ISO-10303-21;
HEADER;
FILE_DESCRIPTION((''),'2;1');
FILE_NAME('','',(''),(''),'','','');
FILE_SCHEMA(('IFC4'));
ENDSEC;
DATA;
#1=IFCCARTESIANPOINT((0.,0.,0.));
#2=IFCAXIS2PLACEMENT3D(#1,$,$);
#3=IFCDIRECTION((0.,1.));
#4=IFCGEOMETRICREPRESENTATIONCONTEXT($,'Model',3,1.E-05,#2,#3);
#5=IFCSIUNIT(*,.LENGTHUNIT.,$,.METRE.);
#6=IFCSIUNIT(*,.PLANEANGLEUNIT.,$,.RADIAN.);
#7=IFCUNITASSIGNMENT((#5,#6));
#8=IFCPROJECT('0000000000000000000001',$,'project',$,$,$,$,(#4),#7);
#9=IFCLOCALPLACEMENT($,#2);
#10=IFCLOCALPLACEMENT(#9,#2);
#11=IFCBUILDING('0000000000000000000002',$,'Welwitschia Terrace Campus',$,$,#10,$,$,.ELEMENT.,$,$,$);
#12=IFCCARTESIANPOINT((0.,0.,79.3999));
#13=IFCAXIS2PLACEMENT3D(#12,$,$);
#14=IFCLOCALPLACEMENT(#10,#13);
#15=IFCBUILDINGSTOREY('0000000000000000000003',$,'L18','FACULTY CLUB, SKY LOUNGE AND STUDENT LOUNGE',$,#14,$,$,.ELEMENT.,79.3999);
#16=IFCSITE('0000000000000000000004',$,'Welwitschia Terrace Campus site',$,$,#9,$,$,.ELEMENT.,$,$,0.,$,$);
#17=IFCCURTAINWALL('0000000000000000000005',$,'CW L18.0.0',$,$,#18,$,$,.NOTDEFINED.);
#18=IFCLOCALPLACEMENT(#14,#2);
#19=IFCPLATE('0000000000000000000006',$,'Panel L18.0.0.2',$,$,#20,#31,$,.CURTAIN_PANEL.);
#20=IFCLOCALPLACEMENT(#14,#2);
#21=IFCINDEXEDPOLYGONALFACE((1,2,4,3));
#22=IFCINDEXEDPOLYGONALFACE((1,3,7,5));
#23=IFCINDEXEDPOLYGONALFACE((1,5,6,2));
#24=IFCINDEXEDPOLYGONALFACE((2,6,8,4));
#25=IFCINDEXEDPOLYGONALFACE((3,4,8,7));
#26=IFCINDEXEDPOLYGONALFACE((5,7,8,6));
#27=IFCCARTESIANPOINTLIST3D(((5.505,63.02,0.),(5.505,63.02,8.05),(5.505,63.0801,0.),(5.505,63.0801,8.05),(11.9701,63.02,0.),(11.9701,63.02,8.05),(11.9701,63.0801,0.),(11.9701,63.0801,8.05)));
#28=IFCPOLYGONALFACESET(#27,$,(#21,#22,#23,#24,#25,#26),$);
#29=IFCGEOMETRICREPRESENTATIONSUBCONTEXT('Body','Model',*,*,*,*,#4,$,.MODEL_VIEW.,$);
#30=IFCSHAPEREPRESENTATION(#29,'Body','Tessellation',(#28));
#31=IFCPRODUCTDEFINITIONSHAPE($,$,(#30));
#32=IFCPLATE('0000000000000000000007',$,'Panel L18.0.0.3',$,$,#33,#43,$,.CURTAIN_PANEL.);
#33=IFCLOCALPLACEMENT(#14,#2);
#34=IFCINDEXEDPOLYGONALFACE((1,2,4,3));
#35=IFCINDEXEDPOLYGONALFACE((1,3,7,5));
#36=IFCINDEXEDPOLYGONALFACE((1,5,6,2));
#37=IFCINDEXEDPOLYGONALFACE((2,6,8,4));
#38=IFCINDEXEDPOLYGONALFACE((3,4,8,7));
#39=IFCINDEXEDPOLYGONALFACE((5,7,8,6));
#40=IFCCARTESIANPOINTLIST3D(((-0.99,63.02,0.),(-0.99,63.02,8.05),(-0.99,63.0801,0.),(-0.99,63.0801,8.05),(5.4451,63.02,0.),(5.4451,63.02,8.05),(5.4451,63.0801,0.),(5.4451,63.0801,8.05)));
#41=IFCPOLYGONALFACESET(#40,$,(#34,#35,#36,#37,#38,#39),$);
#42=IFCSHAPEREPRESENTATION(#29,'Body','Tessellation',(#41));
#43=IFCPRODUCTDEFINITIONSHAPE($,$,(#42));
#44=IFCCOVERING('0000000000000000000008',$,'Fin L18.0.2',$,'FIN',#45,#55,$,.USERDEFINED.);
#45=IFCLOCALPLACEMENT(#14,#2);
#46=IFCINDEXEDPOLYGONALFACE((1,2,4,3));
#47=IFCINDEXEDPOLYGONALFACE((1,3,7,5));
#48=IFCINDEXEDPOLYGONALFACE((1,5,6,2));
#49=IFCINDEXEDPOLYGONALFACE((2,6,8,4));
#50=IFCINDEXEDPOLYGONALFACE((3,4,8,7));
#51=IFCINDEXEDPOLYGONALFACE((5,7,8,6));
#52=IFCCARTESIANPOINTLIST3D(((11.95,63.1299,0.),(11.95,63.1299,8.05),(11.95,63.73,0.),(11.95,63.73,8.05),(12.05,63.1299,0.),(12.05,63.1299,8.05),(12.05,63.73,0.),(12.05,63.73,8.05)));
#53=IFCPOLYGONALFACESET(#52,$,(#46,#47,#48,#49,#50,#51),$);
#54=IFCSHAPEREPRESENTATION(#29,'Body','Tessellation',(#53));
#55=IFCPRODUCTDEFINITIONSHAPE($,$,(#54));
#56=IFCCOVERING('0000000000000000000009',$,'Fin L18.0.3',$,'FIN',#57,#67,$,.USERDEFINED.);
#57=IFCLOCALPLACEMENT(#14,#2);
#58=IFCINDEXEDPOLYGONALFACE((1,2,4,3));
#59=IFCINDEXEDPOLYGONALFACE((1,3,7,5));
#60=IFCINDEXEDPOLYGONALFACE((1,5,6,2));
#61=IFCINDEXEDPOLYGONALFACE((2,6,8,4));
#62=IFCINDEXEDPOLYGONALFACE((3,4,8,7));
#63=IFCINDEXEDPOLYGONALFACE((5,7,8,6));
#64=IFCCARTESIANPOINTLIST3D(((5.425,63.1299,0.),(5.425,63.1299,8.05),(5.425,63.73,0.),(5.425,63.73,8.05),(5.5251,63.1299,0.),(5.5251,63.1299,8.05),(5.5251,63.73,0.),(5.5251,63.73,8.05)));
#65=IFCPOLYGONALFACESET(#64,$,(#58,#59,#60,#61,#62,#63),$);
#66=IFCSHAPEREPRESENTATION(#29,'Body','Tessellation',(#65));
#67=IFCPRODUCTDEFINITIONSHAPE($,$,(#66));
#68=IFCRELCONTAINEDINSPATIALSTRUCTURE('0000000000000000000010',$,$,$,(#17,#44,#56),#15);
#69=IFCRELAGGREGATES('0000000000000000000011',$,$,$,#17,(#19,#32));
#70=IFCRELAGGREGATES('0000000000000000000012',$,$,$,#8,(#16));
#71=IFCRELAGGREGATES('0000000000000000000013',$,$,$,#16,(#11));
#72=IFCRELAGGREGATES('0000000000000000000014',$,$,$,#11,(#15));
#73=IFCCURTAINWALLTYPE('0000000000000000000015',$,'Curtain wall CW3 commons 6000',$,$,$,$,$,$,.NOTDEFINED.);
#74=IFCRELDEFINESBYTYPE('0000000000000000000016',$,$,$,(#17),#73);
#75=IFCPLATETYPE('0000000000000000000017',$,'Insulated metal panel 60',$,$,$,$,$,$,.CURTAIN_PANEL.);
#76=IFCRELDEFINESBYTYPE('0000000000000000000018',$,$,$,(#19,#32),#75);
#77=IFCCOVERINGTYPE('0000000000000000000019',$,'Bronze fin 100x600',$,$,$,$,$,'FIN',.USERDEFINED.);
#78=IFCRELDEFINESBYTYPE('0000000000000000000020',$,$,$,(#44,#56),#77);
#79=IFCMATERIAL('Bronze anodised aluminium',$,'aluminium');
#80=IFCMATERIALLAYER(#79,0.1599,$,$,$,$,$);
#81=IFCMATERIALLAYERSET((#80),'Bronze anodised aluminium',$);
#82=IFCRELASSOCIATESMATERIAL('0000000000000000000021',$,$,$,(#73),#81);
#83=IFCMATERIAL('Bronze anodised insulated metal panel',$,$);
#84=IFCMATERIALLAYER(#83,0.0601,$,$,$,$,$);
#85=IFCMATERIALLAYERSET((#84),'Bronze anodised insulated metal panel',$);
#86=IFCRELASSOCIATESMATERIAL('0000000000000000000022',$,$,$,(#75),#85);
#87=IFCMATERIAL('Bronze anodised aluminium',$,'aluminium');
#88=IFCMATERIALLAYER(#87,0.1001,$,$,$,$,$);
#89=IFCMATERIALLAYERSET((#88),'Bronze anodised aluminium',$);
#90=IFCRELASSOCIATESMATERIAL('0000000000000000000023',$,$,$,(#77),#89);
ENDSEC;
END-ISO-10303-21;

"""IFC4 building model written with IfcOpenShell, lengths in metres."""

from ifc_helpers import new_model, si_unit, direction, frame, origin, origin_2d, place, context, subcontext, project, spatial, rectangle, extrude, material, layer, layer_set, type_object, element, aggregate, save


model = new_model("IFC4")

# Units and contexts
model_context = context("Model", 3, precision=1e-05, world=origin(), true_north=direction((0.0, 1.0)))
body_context = subcontext(model_context, "Body", "Model", "MODEL_VIEW")
ifc_project = project(units=[si_unit("LENGTHUNIT", "METRE"), si_unit("PLANEANGLEUNIT", "RADIAN")], contexts=[model_context])

# Site, building, storey
site_placement = place(None, origin())
site = spatial("IfcSite", under=ifc_project, at=site_placement, Name="Welwitschia Terrace Campus site", CompositionType="ELEMENT", RefElevation=0.0)
building_placement = place(site_placement, origin())
building = spatial("IfcBuilding", under=site, at=building_placement, Name="Welwitschia Terrace Campus", CompositionType="ELEMENT")
storey_placement = place(building_placement, frame((0.0, 0.0, 79.3999)))
storey = spatial("IfcBuildingStorey", under=building, at=storey_placement, Name="L18", Description="FACULTY CLUB, SKY LOUNGE AND STUDENT LOUNGE", CompositionType="ELEMENT", Elevation=79.3999)

# Curtain wall
ifc_material_1 = material(Name="Bronze anodised aluminium", Category="aluminium")
ifc_layer_1 = layer(ifc_material_1, 0.1599)
ifc_layer_set_1 = layer_set([ifc_layer_1], Name="Bronze anodised aluminium")
curtain_wall_type = type_object("IfcCurtainWallType", Name="Curtain wall CW3 commons 6000", PredefinedType="NOTDEFINED", material=ifc_layer_set_1)
curtain_wall_placement = place(storey_placement, origin())
curtain_wall = element("IfcCurtainWall", 1, at=curtain_wall_placement, inside=storey, type_object=curtain_wall_type, Name="CW L18.0.0", PredefinedType="NOTDEFINED")

# Plates
ifc_material_2 = material(Name="Bronze anodised insulated metal panel")
ifc_layer_2 = layer(ifc_material_2, 0.0601)
ifc_layer_set_2 = layer_set([ifc_layer_2], Name="Bronze anodised insulated metal panel")
plate_type = type_object("IfcPlateType", Name="Insulated metal panel 60", PredefinedType="CURTAIN_PANEL", material=ifc_layer_set_2)
plate_1_placement = place(storey_placement, frame((8.7375, 63.05, 0.0), z_axis=(0.0, 0.0, 1.0), x_axis=(-1.0, 0.0, 0.0)))
plate_1 = element("IfcPlate", 2, at=plate_1_placement, type_object=plate_type, Name="Panel L18.0.0.2", PredefinedType="CURTAIN_PANEL", context=body_context, shape_type="SweptSolid", body=[
    extrude(rectangle(XDim=6.4651, YDim=0.0601, at=origin_2d()), origin(), (0.0, 0.0, 1.0), 8.05),
])
plate_2_placement = place(storey_placement, frame((2.2275, 63.05, 0.0), z_axis=(0.0, 0.0, 1.0), x_axis=(-1.0, 0.0, 0.0)))
plate_2 = element("IfcPlate", 3, at=plate_2_placement, type_object=plate_type, Name="Panel L18.0.0.3", PredefinedType="CURTAIN_PANEL", context=body_context, shape_type="SweptSolid", body=[
    extrude(rectangle(XDim=6.4351, YDim=0.0601, at=origin_2d()), origin(), (0.0, 0.0, 1.0), 8.05),
])
aggregate(curtain_wall, [plate_1, plate_2])

# Coverings
ifc_material_3 = material(Name="Bronze anodised aluminium", Category="aluminium")
ifc_layer_3 = layer(ifc_material_3, 0.1001)
ifc_layer_set_3 = layer_set([ifc_layer_3], Name="Bronze anodised aluminium")
covering_type = type_object("IfcCoveringType", Name="Bronze fin 100x600", ElementType="FIN", PredefinedType="USERDEFINED", material=ifc_layer_set_3)
for number, where, z_axis, x_axis, name in (
    (4, (12.0, 63.4299, 0.0), (0.0, 0.0, 1.0), (-1.0, 0.0, 0.0), "Fin L18.0.2"),
    (5, (5.4751, 63.4299, 0.0), (0.0, 0.0, 1.0), (-1.0, 0.0, 0.0), "Fin L18.0.3"),
):
    element("IfcCovering", number, at=place(storey_placement, frame(where, z_axis=z_axis, x_axis=x_axis)), inside=storey, type_object=covering_type, Name=name, ObjectType="FIN", PredefinedType="USERDEFINED", context=body_context, shape_type="SweptSolid", body=[
        extrude(rectangle(XDim=0.1001, YDim=0.6001, at=origin_2d()), origin(), (0.0, 0.0, 1.0), 8.05),
    ])

save(model, "model.ifc")
